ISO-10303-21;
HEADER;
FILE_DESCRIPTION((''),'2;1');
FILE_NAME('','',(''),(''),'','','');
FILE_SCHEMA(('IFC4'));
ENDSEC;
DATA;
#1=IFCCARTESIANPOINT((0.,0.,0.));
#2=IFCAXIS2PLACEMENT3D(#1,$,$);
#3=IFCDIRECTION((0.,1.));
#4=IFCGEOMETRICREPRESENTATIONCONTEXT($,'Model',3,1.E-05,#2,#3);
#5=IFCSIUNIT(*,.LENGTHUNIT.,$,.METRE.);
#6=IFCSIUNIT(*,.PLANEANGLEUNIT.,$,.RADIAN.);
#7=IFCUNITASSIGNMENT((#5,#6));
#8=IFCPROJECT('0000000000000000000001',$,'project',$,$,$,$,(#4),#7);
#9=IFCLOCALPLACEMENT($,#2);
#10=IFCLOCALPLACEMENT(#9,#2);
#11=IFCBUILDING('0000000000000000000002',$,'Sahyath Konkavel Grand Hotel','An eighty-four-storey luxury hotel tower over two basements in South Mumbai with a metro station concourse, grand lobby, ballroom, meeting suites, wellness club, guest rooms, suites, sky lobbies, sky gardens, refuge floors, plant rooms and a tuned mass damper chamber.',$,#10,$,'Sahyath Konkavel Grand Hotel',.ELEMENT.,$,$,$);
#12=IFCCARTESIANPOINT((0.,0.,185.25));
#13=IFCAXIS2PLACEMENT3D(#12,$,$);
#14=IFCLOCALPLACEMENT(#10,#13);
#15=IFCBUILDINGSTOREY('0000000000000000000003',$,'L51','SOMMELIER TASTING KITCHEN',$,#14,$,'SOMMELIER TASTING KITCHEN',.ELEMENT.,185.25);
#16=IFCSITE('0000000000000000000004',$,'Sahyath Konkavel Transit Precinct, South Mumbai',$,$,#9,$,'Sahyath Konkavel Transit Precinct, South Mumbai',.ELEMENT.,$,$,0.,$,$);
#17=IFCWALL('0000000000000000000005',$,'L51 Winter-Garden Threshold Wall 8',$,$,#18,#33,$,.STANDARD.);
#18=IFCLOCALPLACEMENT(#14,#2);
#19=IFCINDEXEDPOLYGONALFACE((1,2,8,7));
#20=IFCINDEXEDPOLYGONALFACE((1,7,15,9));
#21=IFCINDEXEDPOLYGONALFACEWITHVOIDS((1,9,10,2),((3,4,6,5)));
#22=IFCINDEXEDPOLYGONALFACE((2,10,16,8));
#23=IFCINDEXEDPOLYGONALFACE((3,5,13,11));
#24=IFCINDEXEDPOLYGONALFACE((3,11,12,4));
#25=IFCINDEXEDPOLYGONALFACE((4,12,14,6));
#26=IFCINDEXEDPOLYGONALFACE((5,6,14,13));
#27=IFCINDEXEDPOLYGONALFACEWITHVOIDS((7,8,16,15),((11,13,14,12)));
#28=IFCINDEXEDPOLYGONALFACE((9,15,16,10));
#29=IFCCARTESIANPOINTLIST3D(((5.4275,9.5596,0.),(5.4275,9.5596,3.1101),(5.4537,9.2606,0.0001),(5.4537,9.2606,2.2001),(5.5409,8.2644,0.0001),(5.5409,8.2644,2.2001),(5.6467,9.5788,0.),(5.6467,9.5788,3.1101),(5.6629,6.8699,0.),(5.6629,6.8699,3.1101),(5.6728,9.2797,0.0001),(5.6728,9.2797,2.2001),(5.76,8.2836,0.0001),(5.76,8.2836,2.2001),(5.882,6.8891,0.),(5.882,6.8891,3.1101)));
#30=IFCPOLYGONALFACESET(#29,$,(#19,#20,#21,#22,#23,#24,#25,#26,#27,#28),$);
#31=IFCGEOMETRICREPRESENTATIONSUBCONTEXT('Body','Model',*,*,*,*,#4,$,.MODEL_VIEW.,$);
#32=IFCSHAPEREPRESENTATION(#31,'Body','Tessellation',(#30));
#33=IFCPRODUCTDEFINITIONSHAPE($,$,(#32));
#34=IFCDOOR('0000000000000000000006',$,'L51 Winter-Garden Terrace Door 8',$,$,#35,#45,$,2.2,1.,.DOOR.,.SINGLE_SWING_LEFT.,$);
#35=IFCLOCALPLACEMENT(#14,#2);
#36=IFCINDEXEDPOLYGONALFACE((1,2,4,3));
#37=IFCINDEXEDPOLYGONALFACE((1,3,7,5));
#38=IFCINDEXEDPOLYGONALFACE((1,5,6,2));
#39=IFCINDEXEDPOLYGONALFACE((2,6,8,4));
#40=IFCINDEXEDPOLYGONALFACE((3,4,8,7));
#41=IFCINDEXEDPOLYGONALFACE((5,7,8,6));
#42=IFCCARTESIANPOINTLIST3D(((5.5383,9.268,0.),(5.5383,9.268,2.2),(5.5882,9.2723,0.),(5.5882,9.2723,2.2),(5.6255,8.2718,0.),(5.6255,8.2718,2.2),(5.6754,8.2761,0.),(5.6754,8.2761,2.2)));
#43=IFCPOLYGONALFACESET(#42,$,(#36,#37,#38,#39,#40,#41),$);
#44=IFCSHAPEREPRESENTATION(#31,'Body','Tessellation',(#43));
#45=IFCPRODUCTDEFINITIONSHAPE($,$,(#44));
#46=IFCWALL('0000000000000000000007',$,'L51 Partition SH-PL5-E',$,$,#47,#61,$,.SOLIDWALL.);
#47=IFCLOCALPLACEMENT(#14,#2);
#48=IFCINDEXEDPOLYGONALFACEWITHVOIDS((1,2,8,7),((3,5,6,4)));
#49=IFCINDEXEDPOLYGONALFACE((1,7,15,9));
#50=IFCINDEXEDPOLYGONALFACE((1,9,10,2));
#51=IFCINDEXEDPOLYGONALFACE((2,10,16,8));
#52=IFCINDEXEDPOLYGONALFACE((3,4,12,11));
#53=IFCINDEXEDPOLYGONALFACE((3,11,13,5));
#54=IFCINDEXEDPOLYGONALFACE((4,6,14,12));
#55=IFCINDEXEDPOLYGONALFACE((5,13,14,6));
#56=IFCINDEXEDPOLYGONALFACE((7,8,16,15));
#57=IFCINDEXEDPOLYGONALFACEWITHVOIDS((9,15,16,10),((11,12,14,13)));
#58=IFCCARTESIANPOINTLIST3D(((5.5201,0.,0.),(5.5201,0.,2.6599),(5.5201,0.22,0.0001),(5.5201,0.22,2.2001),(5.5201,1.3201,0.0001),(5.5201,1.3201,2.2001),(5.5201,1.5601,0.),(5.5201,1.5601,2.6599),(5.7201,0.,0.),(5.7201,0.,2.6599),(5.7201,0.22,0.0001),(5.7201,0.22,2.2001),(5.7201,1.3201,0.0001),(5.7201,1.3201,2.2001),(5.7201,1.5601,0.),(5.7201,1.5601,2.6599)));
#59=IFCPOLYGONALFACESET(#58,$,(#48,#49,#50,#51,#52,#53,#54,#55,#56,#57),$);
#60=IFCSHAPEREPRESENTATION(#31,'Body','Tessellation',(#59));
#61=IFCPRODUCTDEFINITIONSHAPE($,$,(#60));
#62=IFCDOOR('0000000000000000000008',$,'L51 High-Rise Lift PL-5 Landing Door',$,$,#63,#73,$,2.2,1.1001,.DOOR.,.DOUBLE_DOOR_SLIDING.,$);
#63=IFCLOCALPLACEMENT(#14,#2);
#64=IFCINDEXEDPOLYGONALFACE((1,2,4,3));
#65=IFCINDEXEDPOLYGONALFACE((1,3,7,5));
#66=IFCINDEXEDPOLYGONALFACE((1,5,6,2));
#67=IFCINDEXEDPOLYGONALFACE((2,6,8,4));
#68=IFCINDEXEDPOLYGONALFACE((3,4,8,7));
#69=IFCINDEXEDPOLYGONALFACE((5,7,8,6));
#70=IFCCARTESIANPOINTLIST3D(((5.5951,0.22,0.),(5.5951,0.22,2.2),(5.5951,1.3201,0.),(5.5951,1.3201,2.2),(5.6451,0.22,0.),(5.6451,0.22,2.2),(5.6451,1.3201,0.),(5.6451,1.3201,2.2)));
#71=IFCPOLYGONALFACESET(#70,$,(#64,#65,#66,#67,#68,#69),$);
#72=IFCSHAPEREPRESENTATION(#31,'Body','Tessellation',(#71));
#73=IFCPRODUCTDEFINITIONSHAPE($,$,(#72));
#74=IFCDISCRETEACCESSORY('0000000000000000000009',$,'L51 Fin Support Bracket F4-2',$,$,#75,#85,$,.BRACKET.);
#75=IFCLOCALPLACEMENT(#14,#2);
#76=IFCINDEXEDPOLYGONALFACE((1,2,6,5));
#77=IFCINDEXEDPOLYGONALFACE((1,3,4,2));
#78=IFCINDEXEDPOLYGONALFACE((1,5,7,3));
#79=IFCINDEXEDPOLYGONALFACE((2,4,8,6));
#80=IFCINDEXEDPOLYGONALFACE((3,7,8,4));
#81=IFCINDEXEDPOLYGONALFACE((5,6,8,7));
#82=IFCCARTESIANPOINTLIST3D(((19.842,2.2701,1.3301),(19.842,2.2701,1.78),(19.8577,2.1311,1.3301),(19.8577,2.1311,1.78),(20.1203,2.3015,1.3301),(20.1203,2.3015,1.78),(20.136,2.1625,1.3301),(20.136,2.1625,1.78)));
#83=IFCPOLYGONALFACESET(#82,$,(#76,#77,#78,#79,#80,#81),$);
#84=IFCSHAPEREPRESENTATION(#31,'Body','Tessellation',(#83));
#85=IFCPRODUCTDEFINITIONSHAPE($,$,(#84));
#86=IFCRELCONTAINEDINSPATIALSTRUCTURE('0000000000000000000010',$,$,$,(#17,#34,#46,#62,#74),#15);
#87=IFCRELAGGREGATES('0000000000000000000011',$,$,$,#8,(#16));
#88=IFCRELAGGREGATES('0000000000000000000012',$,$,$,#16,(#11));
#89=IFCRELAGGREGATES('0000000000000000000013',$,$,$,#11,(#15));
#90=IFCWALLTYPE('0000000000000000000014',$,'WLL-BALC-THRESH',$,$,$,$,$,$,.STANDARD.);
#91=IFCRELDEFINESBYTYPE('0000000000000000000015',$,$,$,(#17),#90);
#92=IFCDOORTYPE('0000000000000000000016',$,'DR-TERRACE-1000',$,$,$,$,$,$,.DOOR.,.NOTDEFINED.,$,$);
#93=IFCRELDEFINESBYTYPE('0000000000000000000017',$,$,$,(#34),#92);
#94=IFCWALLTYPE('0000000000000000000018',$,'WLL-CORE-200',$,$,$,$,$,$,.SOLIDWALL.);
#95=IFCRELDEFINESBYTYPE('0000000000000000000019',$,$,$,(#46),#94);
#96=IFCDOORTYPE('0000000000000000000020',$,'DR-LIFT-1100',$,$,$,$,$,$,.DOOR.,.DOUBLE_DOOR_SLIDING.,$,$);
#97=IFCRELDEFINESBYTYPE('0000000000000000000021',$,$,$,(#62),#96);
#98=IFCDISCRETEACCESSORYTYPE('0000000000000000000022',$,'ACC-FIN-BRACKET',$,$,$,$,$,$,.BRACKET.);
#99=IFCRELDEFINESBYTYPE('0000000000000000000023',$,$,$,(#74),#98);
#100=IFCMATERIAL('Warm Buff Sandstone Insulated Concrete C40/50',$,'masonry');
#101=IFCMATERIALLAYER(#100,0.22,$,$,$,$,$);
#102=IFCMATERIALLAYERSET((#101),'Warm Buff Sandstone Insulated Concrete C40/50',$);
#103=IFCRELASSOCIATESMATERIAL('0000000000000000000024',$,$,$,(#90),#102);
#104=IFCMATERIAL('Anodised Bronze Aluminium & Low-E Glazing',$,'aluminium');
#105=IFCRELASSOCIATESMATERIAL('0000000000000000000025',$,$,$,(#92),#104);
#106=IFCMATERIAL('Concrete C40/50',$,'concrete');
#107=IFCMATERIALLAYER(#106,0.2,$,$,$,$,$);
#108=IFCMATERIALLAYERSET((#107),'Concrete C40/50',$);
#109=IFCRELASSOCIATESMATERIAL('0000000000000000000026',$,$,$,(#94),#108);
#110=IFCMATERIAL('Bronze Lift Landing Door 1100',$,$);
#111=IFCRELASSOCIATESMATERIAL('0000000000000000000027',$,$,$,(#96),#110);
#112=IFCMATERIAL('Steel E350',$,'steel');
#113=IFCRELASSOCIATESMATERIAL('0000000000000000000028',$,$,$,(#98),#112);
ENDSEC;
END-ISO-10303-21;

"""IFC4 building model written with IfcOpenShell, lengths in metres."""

from ifc_helpers import new_model, si_unit, direction, frame, frame_2d, origin, origin_2d, place, context, subcontext, project, spatial, rectangle, extrude, source, transform, mapped, material, layer, layer_set, type_object, element, fill, save


model = new_model("IFC4")

# Units and contexts
model_context = context("Model", 3, precision=1e-05, world=origin(), true_north=direction((0.0, 1.0)))
body_context = subcontext(model_context, "Body", "Model", "MODEL_VIEW")
ifc_project = project(units=[si_unit("LENGTHUNIT", "METRE"), si_unit("PLANEANGLEUNIT", "RADIAN")], contexts=[model_context])

# Site, building, storey
site_placement = place(None, origin())
site = spatial("IfcSite", under=ifc_project, at=site_placement, Name="Sahyath Konkavel Transit Precinct, South Mumbai", LongName="Sahyath Konkavel Transit Precinct, South Mumbai", CompositionType="ELEMENT", RefElevation=0.0)
building_placement = place(site_placement, origin())
building = spatial("IfcBuilding", under=site, at=building_placement, Name="Sahyath Konkavel Grand Hotel", Description="An eighty-four-storey luxury hotel tower over two basements in South Mumbai with a metro station concourse, grand lobby, ballroom, meeting suites, wellness club, guest rooms, suites, sky lobbies, sky gardens, refuge floors, plant rooms and a tuned mass damper chamber.", LongName="Sahyath Konkavel Grand Hotel", CompositionType="ELEMENT")
storey_placement = place(building_placement, frame((0.0, 0.0, 185.25)))
storey = spatial("IfcBuildingStorey", under=building, at=storey_placement, Name="L51", Description="SOMMELIER TASTING KITCHEN", LongName="SOMMELIER TASTING KITCHEN", CompositionType="ELEMENT", Elevation=185.25)

# Shared definitions
ifc_material_1 = material(Name="Concrete C40/50", Category="concrete")

# Shared definitions
ifc_material_2 = material(Name="Steel E350", Category="steel")

# Shared definitions
ifc_material_3 = material(Name="Anodised Bronze Aluminium & Low-E Glazing", Category="aluminium")

# Walls, openings, doors
ifc_material_4 = material(Name="Warm Buff Sandstone Insulated Concrete C40/50", Category="masonry")
ifc_layer_1 = layer(ifc_material_4, 0.22)
ifc_layer_set_1 = layer_set([ifc_layer_1], Name="Warm Buff Sandstone Insulated Concrete C40/50")
wall_type_1 = type_object("IfcWallType", Name="WLL-BALC-THRESH", PredefinedType="STANDARD", material=ifc_layer_set_1)
wall_1_placement = place(storey_placement, frame((5.7725, 6.8794, 0.0), z_axis=(0.0, 0.0, 1.0), x_axis=(-0.087168, 0.996194, 0.0)))
wall_1 = element("IfcWall", 1, at=wall_1_placement, inside=storey, type_object=wall_type_1, Name="L51 Winter-Garden Threshold Wall 8", PredefinedType="STANDARD", context=body_context, shape_type="SweptSolid", body=[
    extrude(rectangle(XDim=2.7, YDim=0.22, at=frame_2d((1.3501, 0.0))), origin(), (0.0, 0.0, 1.0), 3.1101),
])
opening_1_placement = place(wall_1_placement, frame((1.3999, 0.0, 0.0)))
opening_1 = element("IfcOpeningElement", 2, at=opening_1_placement, cuts=wall_1, PredefinedType="OPENING", context=body_context, shape_type="SweptSolid", body=[
    extrude(rectangle(XDim=1.0, YDim=2.2, at=frame_2d((0.5, 1.1001))), frame((0.0, 0.1201, 0.0), z_axis=(0.0, -1.0, 0.0), x_axis=(1.0, 0.0, 0.0)), (0.0, 0.0, 1.0), 0.24),
])
door_type_1 = type_object("IfcDoorType", Name="DR-TERRACE-1000", OperationType="NOTDEFINED", PredefinedType="DOOR", material=ifc_material_3)
shared_shape_1 = source(origin(), body_context, "Body", "SweptSolid", [
    extrude(rectangle(XDim=1.0, YDim=0.05, at=origin_2d()), origin(), (0.0, 0.0, 1.0), 2.2),
])
door_1_placement = place(opening_1_placement, frame((0.5, 0.0, 0.0)))
door_1 = element("IfcDoor", 3, at=door_1_placement, inside=storey, type_object=door_type_1, Name="L51 Winter-Garden Terrace Door 8", OperationType="SINGLE_SWING_LEFT", OverallHeight=2.2, OverallWidth=1.0, PredefinedType="DOOR", context=body_context, shape_type="MappedRepresentation", body=[
    mapped(shared_shape_1, transform((0.0, 0.0, 0.0), scale=1.0)),
])
fill(opening_1, door_1)
ifc_layer_2 = layer(ifc_material_1, 0.2)
ifc_layer_set_2 = layer_set([ifc_layer_2], Name="Concrete C40/50")
wall_type_2 = type_object("IfcWallType", Name="WLL-CORE-200", PredefinedType="SOLIDWALL", material=ifc_layer_set_2)
wall_2_placement = place(storey_placement, frame((5.6201, 0.0, 0.0), z_axis=(0.0, 0.0, 1.0), x_axis=(0.0, 1.0, 0.0)))
wall_2 = element("IfcWall", 4, at=wall_2_placement, inside=storey, type_object=wall_type_2, Name="L51 Partition SH-PL5-E", PredefinedType="SOLIDWALL", context=body_context, shape_type="SweptSolid", body=[
    extrude(rectangle(XDim=1.5601, YDim=0.2, at=frame_2d((0.78, 0.0))), origin(), (0.0, 0.0, 1.0), 2.6599),
])
opening_2_placement = place(wall_2_placement, frame((0.22, 0.0, 0.0)))
opening_2 = element("IfcOpeningElement", 5, at=opening_2_placement, cuts=wall_2, PredefinedType="OPENING", context=body_context, shape_type="SweptSolid", body=[
    extrude(rectangle(XDim=1.1001, YDim=2.2, at=frame_2d((0.55, 1.1001))), frame((0.0, 0.1099, 0.0), z_axis=(0.0, -1.0, 0.0), x_axis=(1.0, 0.0, 0.0)), (0.0, 0.0, 1.0), 0.22),
])
ifc_material_5 = material(Name="Bronze Lift Landing Door 1100")
door_type_2 = type_object("IfcDoorType", Name="DR-LIFT-1100", OperationType="DOUBLE_DOOR_SLIDING", PredefinedType="DOOR", material=ifc_material_5)
shared_shape_2 = source(origin(), body_context, "Body", "SweptSolid", [
    extrude(rectangle(XDim=1.1001, YDim=0.05, at=origin_2d()), origin(), (0.0, 0.0, 1.0), 2.2),
])
door_2_placement = place(opening_2_placement, frame((0.55, 0.0, 0.0)))
door_2 = element("IfcDoor", 6, at=door_2_placement, inside=storey, type_object=door_type_2, Name="L51 High-Rise Lift PL-5 Landing Door", OperationType="DOUBLE_DOOR_SLIDING", OverallHeight=2.2, OverallWidth=1.1001, PredefinedType="DOOR", context=body_context, shape_type="MappedRepresentation", body=[
    mapped(shared_shape_2, transform((0.0, 0.0, 0.0), scale=1.0)),
])
fill(opening_2, door_2)

# Discrete accessory
discrete_accessory_type = type_object("IfcDiscreteAccessoryType", Name="ACC-FIN-BRACKET", PredefinedType="BRACKET", material=ifc_material_2)
shared_shape_3 = source(origin(), body_context, "Body", "SweptSolid", [
    extrude(rectangle(XDim=0.28, YDim=0.1399, at=origin_2d()), origin(), (0.0, 0.0, 1.0), 0.45),
])
discrete_accessory_placement = place(storey_placement, frame((19.989, 2.2163, 1.3301), z_axis=(0.0, 0.0, 1.0), x_axis=(0.993709, 0.111989, 0.0)))
element("IfcDiscreteAccessory", 7, at=discrete_accessory_placement, inside=storey, type_object=discrete_accessory_type, Name="L51 Fin Support Bracket F4-2", PredefinedType="BRACKET", context=body_context, shape_type="MappedRepresentation", body=[
    mapped(shared_shape_3, transform((0.0, 0.0, 0.0), scale=1.0)),
])

save(model, "model.ifc")
